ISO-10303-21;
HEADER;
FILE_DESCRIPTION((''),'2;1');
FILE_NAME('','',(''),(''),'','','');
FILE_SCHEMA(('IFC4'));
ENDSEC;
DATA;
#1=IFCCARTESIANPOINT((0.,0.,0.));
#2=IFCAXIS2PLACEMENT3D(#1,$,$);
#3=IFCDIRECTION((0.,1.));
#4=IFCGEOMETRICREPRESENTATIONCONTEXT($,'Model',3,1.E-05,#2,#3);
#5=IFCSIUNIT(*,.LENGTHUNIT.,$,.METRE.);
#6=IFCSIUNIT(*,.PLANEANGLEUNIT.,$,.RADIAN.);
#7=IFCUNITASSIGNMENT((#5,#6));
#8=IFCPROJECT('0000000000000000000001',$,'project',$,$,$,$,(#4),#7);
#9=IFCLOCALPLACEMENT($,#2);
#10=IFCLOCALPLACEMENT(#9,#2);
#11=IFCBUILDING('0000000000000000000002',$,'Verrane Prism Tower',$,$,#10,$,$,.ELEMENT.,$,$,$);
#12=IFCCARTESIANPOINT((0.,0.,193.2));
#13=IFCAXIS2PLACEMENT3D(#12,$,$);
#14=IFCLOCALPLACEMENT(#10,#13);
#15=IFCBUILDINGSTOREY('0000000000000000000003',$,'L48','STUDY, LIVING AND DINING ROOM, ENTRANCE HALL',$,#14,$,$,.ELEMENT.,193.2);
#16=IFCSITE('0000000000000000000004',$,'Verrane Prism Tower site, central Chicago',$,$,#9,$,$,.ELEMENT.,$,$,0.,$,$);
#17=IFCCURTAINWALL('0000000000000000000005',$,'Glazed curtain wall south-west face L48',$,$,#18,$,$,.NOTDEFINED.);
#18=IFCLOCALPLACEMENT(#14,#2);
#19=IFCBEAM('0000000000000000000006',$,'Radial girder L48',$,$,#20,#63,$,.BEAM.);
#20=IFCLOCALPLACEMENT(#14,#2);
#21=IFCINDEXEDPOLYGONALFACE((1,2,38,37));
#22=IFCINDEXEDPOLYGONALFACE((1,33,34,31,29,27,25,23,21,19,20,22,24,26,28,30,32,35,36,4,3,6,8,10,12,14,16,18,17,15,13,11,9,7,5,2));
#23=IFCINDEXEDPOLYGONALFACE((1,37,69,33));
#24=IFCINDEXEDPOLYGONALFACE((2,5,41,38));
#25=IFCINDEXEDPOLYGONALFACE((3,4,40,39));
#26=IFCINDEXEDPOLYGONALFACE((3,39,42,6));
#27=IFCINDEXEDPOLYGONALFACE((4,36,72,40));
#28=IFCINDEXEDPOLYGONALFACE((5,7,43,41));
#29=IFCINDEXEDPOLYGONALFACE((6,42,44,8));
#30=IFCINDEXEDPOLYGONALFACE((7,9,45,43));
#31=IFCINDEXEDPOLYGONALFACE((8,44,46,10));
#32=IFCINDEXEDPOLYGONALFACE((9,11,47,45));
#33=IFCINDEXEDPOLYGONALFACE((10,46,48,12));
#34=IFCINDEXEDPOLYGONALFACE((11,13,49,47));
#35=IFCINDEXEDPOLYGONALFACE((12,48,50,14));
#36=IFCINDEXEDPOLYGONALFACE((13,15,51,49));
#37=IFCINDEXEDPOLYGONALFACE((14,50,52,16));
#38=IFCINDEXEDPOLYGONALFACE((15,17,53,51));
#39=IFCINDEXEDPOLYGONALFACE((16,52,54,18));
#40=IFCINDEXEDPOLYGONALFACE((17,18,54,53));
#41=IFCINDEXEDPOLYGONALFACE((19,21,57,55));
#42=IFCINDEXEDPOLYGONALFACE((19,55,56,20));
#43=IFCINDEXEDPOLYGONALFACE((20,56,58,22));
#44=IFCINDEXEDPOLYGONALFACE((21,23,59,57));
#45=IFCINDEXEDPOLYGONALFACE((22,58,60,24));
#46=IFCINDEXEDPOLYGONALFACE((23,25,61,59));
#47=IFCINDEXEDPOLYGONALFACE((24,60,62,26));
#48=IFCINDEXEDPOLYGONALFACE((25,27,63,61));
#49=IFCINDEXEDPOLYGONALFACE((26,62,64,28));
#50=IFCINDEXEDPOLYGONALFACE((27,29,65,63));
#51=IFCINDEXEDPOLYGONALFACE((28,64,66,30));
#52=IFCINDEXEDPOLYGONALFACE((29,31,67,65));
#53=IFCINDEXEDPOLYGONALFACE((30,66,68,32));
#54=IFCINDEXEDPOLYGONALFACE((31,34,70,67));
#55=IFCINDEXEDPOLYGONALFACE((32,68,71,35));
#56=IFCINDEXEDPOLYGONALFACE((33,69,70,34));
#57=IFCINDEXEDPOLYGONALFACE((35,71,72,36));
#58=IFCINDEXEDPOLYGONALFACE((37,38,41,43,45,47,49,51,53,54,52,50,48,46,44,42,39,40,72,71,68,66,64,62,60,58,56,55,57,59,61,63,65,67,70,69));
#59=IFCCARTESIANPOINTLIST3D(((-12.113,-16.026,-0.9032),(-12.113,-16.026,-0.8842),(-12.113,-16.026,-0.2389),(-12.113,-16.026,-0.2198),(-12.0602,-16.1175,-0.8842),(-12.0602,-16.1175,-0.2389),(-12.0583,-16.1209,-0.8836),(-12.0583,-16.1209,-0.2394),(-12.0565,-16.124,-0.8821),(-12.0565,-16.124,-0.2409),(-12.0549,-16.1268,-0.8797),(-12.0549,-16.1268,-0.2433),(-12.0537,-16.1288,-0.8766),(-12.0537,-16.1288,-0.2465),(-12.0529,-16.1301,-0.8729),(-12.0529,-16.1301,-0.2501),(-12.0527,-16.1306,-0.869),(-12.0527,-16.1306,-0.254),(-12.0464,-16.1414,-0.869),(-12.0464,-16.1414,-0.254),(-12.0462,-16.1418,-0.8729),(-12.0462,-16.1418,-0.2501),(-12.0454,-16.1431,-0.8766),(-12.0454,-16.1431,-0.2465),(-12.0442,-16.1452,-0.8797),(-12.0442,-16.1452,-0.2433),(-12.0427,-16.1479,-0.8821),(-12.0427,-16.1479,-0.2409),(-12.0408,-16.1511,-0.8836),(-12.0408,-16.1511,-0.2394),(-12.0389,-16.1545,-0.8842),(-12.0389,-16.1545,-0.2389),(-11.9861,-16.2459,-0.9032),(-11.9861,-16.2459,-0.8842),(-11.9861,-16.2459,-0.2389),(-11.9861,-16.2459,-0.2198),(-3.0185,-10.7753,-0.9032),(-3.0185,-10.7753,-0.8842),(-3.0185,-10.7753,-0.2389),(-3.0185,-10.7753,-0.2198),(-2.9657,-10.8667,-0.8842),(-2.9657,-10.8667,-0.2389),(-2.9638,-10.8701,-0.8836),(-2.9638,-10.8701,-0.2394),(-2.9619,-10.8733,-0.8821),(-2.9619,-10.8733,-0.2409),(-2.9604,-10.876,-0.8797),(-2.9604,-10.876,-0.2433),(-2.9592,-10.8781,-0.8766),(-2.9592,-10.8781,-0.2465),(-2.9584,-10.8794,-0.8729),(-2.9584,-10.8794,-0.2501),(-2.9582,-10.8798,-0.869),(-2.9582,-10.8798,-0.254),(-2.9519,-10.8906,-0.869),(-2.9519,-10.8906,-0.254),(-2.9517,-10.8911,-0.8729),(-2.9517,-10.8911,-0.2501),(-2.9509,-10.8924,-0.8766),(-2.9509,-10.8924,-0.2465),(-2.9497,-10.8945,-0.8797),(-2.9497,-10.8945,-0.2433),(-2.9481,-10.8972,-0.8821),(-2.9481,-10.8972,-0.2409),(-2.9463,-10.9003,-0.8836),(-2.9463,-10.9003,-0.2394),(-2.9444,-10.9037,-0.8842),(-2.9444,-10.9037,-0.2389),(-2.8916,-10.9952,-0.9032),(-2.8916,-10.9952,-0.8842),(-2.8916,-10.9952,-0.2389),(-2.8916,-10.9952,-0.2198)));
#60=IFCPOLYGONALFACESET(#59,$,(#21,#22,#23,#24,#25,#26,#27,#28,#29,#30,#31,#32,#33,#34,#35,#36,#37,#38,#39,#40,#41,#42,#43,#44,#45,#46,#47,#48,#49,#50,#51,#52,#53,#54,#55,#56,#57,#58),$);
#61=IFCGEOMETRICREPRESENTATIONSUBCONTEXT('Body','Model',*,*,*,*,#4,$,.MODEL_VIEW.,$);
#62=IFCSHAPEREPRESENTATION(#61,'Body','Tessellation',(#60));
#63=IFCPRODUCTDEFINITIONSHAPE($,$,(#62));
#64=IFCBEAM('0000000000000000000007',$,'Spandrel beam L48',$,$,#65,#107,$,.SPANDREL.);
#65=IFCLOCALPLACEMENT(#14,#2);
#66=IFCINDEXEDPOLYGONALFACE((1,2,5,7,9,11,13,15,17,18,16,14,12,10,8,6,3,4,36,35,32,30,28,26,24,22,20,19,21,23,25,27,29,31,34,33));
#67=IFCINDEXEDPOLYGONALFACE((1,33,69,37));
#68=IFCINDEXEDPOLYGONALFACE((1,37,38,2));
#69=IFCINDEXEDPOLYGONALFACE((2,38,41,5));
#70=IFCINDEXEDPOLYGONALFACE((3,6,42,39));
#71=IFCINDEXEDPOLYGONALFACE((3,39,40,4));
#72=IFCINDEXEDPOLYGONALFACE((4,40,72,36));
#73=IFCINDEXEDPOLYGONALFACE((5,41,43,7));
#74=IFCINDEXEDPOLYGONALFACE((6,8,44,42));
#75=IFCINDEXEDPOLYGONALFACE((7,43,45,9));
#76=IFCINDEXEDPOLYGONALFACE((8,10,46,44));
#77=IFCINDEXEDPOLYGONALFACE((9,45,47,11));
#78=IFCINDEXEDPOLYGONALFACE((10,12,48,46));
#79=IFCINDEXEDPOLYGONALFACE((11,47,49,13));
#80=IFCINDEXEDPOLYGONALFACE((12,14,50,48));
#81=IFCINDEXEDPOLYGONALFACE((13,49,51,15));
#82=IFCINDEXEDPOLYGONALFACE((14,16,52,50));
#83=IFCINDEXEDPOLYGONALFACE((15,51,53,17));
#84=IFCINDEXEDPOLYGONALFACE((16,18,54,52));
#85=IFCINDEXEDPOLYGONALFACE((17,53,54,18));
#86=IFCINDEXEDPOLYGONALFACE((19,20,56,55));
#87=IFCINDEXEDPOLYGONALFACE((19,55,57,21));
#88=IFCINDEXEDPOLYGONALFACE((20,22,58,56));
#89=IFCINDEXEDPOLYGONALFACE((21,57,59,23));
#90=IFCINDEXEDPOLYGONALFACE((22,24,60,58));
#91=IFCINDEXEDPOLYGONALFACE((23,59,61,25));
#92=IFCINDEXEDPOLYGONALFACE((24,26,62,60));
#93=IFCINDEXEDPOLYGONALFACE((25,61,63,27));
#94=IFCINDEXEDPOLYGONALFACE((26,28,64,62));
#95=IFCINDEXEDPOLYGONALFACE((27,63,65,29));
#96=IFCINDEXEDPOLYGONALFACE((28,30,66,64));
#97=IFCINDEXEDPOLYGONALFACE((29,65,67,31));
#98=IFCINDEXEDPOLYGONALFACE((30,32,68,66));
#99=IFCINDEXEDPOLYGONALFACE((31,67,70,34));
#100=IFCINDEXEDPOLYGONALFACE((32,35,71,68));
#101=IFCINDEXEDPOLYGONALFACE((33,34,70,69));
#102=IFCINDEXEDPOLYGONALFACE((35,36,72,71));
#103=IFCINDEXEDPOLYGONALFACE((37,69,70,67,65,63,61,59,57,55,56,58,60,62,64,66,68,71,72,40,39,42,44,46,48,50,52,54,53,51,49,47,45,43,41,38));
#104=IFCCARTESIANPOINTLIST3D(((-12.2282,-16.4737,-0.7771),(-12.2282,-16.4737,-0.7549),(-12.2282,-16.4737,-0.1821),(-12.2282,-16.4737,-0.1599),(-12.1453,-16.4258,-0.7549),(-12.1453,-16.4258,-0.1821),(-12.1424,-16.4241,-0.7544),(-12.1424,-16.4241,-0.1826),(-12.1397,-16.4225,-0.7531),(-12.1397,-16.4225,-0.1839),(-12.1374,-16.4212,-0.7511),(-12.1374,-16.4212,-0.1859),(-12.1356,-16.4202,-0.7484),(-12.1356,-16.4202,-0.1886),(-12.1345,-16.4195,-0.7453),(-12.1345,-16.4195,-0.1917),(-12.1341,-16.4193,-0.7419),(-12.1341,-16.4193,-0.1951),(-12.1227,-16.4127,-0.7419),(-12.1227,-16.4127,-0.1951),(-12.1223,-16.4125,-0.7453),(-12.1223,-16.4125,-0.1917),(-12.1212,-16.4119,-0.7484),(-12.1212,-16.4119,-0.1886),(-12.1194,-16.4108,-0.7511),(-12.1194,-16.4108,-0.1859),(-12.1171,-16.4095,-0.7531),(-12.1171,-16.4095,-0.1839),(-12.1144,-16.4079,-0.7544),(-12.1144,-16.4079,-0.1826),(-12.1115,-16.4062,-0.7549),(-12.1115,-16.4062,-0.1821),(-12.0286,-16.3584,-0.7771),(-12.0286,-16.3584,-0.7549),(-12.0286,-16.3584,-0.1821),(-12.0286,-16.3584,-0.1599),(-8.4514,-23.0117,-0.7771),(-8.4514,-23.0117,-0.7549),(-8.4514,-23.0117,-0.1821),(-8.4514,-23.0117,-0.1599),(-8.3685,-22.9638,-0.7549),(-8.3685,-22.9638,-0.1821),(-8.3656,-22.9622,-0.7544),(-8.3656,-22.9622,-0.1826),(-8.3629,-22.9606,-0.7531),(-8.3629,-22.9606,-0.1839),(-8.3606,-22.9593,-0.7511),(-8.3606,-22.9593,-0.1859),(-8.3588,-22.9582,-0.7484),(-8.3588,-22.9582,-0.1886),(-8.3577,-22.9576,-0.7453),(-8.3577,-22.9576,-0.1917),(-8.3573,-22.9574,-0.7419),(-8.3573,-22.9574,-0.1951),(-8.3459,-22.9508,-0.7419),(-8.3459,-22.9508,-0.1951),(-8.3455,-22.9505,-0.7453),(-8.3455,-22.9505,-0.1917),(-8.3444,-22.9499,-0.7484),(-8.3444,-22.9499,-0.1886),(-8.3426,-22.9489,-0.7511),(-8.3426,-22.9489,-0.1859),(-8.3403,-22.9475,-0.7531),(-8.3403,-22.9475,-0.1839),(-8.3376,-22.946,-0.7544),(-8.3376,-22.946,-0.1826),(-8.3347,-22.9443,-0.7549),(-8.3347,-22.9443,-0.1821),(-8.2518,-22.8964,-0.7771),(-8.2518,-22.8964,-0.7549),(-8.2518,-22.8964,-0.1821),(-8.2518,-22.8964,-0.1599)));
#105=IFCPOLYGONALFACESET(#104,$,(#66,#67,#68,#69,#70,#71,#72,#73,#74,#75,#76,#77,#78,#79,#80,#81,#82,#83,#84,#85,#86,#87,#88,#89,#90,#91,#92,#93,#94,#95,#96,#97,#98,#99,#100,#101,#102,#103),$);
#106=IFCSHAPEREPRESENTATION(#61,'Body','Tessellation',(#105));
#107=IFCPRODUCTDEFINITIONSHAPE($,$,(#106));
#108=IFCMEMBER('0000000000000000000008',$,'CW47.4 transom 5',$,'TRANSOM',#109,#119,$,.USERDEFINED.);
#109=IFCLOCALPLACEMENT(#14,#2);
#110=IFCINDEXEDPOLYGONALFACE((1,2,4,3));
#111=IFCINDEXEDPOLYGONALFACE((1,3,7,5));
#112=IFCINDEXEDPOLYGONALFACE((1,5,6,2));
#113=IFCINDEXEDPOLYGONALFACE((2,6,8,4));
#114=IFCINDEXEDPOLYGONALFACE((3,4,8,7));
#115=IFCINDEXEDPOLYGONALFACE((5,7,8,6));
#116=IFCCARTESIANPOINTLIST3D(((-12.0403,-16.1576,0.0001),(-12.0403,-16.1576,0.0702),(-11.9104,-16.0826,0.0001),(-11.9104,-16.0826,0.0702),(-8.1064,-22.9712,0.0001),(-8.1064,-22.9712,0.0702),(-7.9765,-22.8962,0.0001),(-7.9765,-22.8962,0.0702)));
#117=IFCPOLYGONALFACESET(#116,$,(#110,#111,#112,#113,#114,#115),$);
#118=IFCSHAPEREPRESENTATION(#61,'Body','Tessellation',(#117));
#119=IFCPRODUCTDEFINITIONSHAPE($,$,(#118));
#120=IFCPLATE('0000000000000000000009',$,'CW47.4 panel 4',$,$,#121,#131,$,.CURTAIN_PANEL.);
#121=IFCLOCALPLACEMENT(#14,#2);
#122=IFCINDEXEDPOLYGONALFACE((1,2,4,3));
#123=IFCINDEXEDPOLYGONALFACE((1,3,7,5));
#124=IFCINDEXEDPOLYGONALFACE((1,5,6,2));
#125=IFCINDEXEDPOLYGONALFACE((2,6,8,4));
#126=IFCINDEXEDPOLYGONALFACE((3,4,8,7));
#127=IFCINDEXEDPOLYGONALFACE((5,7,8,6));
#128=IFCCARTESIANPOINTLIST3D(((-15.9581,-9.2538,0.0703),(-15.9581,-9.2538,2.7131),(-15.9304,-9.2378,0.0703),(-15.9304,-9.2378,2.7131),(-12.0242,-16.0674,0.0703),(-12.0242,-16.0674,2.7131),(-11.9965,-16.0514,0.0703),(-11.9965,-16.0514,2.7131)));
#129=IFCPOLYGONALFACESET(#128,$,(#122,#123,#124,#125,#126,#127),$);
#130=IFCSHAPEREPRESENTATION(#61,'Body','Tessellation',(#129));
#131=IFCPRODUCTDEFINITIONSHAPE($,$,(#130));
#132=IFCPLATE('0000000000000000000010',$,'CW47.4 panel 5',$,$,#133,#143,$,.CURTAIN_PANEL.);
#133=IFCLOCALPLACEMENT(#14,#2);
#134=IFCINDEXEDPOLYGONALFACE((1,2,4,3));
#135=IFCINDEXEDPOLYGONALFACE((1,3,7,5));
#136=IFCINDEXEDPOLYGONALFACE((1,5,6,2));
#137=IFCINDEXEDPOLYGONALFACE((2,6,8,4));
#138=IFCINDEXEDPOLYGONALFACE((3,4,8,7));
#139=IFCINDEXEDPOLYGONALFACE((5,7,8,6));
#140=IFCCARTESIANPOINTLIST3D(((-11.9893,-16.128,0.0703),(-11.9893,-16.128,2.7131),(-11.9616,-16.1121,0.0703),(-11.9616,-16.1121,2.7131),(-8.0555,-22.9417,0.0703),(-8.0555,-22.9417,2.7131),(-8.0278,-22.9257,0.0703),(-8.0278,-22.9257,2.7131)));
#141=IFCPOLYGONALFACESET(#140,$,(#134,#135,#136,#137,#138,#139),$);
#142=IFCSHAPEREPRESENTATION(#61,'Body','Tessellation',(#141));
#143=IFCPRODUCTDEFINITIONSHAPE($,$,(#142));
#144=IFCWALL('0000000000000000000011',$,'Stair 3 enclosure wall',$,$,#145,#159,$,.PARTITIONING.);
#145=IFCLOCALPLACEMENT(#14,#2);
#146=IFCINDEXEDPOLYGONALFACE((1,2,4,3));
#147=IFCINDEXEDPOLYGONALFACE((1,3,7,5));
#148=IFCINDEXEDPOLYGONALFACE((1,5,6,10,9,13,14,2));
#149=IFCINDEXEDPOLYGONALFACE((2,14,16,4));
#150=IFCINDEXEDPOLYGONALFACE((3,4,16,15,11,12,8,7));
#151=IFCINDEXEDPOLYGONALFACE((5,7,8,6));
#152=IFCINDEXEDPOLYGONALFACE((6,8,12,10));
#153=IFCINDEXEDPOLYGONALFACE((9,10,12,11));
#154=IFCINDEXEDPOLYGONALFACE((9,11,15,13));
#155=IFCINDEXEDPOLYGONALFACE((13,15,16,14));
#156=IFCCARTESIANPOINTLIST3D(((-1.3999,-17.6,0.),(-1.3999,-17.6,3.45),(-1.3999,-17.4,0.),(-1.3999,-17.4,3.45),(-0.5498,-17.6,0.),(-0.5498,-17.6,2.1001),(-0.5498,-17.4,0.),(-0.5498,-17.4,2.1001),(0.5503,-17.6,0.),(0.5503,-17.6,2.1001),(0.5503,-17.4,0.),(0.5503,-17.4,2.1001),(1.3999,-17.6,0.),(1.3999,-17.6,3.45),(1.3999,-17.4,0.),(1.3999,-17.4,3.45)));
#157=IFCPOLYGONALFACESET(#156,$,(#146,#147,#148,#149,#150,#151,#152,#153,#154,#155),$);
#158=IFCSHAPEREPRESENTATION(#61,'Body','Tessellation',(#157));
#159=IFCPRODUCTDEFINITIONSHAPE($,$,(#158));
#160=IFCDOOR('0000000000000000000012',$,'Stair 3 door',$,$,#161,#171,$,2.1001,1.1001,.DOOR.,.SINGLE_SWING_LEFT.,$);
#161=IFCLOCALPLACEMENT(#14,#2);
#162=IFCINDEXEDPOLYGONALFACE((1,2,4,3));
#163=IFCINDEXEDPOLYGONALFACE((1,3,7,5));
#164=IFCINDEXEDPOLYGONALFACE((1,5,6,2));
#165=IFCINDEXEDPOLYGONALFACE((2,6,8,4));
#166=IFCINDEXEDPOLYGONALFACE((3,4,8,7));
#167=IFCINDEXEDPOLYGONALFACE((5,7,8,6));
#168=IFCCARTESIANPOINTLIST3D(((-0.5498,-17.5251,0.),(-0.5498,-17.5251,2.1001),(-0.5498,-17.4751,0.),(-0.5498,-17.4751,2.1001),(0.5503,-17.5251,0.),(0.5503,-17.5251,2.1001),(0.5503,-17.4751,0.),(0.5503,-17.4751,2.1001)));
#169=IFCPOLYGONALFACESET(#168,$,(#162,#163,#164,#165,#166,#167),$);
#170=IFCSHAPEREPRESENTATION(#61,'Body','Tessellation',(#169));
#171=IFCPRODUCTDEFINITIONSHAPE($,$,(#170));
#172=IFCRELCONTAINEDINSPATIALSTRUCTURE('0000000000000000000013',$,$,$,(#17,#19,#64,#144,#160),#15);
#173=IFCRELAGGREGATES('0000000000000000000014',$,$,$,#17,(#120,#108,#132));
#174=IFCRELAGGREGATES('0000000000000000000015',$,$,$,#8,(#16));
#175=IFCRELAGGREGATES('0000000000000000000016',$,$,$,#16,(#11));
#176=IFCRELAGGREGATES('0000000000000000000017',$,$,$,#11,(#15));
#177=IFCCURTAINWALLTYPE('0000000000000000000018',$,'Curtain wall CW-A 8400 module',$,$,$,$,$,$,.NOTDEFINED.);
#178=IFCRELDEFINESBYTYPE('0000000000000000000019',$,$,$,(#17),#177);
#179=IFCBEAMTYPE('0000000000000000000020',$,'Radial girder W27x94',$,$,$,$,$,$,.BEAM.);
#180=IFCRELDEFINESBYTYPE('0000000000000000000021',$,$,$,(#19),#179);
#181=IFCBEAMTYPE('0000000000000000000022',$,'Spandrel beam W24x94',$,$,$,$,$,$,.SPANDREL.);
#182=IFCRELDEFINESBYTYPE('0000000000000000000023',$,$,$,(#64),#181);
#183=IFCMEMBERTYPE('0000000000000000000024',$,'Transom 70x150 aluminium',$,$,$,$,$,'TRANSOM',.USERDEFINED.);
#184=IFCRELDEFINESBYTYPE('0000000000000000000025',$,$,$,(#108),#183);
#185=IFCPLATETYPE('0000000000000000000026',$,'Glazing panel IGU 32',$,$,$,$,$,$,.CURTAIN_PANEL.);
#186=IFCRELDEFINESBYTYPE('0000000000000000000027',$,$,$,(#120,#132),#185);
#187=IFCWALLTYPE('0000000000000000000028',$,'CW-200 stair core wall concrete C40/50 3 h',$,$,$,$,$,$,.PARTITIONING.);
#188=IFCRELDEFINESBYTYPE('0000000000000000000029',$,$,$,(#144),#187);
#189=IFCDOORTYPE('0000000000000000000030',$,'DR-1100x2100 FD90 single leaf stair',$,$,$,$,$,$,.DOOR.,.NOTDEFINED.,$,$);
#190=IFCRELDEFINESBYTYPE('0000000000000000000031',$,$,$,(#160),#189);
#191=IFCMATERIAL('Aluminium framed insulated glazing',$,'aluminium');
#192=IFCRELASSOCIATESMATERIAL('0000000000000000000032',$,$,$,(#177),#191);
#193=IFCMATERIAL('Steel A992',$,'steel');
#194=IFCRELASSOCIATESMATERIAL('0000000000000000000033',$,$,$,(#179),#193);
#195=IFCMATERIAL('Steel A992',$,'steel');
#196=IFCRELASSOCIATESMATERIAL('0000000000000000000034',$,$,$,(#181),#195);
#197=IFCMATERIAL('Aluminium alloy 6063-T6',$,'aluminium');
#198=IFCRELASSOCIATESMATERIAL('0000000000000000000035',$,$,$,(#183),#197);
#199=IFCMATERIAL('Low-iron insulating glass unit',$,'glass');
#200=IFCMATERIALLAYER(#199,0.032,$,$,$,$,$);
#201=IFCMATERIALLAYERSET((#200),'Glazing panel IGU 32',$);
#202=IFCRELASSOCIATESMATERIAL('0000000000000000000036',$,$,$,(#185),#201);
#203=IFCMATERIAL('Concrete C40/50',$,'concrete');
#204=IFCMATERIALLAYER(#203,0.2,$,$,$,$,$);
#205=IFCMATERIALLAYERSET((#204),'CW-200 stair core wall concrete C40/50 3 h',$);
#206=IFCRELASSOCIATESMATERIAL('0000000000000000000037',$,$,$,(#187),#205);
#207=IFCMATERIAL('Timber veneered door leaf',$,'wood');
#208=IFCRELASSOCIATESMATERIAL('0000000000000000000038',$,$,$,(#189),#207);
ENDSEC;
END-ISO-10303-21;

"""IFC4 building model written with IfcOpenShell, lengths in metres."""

from ifc_helpers import new_model, si_unit, direction, frame, frame_2d, origin, origin_2d, place, context, subcontext, project, spatial, rectangle, i_section, extrude, material, layer, layer_set, material_profile, profile_set, type_object, element, fill, aggregate, save


model = new_model("IFC4")

# Units and contexts
model_context = context("Model", 3, precision=1e-05, world=origin(), true_north=direction((0.0, 1.0)))
body_context = subcontext(model_context, "Body", "Model", "MODEL_VIEW")
ifc_project = project(units=[si_unit("LENGTHUNIT", "METRE"), si_unit("PLANEANGLEUNIT", "RADIAN")], contexts=[model_context])

# Site, building, storey
site_placement = place(None, origin())
site = spatial("IfcSite", under=ifc_project, at=site_placement, Name="Verrane Prism Tower site, central Chicago", CompositionType="ELEMENT", RefElevation=0.0)
building_placement = place(site_placement, origin())
building = spatial("IfcBuilding", under=site, at=building_placement, Name="Verrane Prism Tower", CompositionType="ELEMENT")
storey_placement = place(building_placement, frame((0.0, 0.0, 193.2)))
storey = spatial("IfcBuildingStorey", under=building, at=storey_placement, Name="L48", Description="STUDY, LIVING AND DINING ROOM, ENTRANCE HALL", CompositionType="ELEMENT", Elevation=193.2)

# Curtain wall
ifc_material_1 = material(Name="Aluminium framed insulated glazing", Category="aluminium")
curtain_wall_type = type_object("IfcCurtainWallType", Name="Curtain wall CW-A 8400 module", PredefinedType="NOTDEFINED", material=ifc_material_1)
curtain_wall_placement = place(storey_placement, origin())
curtain_wall = element("IfcCurtainWall", 1, at=curtain_wall_placement, inside=storey, type_object=curtain_wall_type, Name="Glazed curtain wall south-west face L48", PredefinedType="NOTDEFINED")

# Beams
ifc_material_2 = material(Name="Steel A992", Category="steel")
ifc_material_profile_1 = material_profile(ifc_material_2, i_section(OverallWidth=0.2539, OverallDepth=0.6833, WebThickness=0.0125, FlangeThickness=0.019, FilletRadius=0.0151, at=origin_2d()), Name="W27x94")
ifc_profile_set_1 = profile_set([ifc_material_profile_1], Name="Steel A992")
beam_type_1 = type_object("IfcBeamType", Name="Radial girder W27x94", PredefinedType="BEAM", material=ifc_profile_set_1)
beam_1_placement = place(storey_placement, frame((-12.0496, -16.136, -0.5615), z_axis=(0.866024, 0.500002, 0.0), x_axis=(-0.500002, 0.866024, 0.0)))
element("IfcBeam", 2, at=beam_1_placement, inside=storey, type_object=beam_type_1, Name="Radial girder L48", PredefinedType="BEAM", context=body_context, shape_type="SweptSolid", body=[
    extrude(i_section(OverallWidth=0.2539, OverallDepth=0.6833, WebThickness=0.0125, FlangeThickness=0.019, FilletRadius=0.0151, at=origin_2d()), origin(), (0.0, 0.0, 1.0), 10.5015),
])
ifc_material_3 = material(Name="Steel A992", Category="steel")
ifc_material_profile_2 = material_profile(ifc_material_3, i_section(OverallWidth=0.2305, OverallDepth=0.6172, WebThickness=0.0132, FlangeThickness=0.0222, FilletRadius=0.0129, at=origin_2d()), Name="W24x94")
ifc_profile_set_2 = profile_set([ifc_material_profile_2], Name="Steel A992")
beam_type_2 = type_object("IfcBeamType", Name="Spandrel beam W24x94", PredefinedType="SPANDREL", material=ifc_profile_set_2)
beam_2_placement = place(storey_placement, frame((-12.1284, -16.416, -0.4685), z_axis=(0.500208, -0.865906, 0.0), x_axis=(0.865906, 0.500208, 0.0)))
element("IfcBeam", 3, at=beam_2_placement, inside=storey, type_object=beam_type_2, Name="Spandrel beam L48", PredefinedType="SPANDREL", context=body_context, shape_type="SweptSolid", body=[
    extrude(i_section(OverallWidth=0.2305, OverallDepth=0.6172, WebThickness=0.0132, FlangeThickness=0.0222, FilletRadius=0.0129, at=origin_2d()), origin(), (0.0, 0.0, 1.0), 7.5505),
])

# Member
ifc_material_4 = material(Name="Aluminium alloy 6063-T6", Category="aluminium")
ifc_material_profile_3 = material_profile(ifc_material_4, rectangle(XDim=0.1499, YDim=0.0701, at=origin_2d()), Name="Transom 70x150 aluminium")
ifc_profile_set_3 = profile_set([ifc_material_profile_3], Name="Aluminium alloy 6063-T6")
member_type_1 = type_object("IfcMemberType", Name="Transom 70x150 aluminium", ElementType="TRANSOM", PredefinedType="USERDEFINED", material=ifc_profile_set_3)
member_1_placement = place(storey_placement, frame((-11.9753, -16.1201, 0.0352), z_axis=(0.500007, -0.866021, 0.0), x_axis=(0.866021, 0.500007, 0.0)))
member_1 = element("IfcMember", 4, at=member_1_placement, type_object=member_type_1, Name="CW47.4 transom 5", ObjectType="TRANSOM", PredefinedType="USERDEFINED", context=body_context, shape_type="SweptSolid", body=[
    extrude(rectangle(XDim=0.1499, YDim=0.0701, at=origin_2d()), origin(), (0.0, 0.0, 1.0), 7.8677),
])

# Plates
ifc_material_5 = material(Name="Low-iron insulating glass unit", Category="glass")
ifc_layer_1 = layer(ifc_material_5, 0.032)
ifc_layer_set_1 = layer_set([ifc_layer_1], Name="Glazing panel IGU 32")
plate_type = type_object("IfcPlateType", Name="Glazing panel IGU 32", PredefinedType="CURTAIN_PANEL", material=ifc_layer_set_1)
plate_1_placement = place(storey_placement, frame((-13.9773, -12.6526, 0.0703), z_axis=(0.0, 0.0, 1.0), x_axis=(0.5, -0.866026, 0.0)))
plate_1 = element("IfcPlate", 5, at=plate_1_placement, type_object=plate_type, Name="CW47.4 panel 4", PredefinedType="CURTAIN_PANEL", context=body_context, shape_type="SweptSolid", body=[
    extrude(rectangle(XDim=7.8677, YDim=0.032, at=origin_2d()), origin(), (0.0, 0.0, 1.0), 2.6428),
])
plate_2_placement = place(storey_placement, frame((-10.0085, -19.5269, 0.0703), z_axis=(0.0, 0.0, 1.0), x_axis=(0.5, -0.866026, 0.0)))
plate_2 = element("IfcPlate", 6, at=plate_2_placement, type_object=plate_type, Name="CW47.4 panel 5", PredefinedType="CURTAIN_PANEL", context=body_context, shape_type="SweptSolid", body=[
    extrude(rectangle(XDim=7.8677, YDim=0.032, at=origin_2d()), origin(), (0.0, 0.0, 1.0), 2.6428),
])
aggregate(curtain_wall, [plate_1, member_1, plate_2])

# Wall, opening, door
ifc_material_6 = material(Name="Concrete C40/50", Category="concrete")
ifc_layer_2 = layer(ifc_material_6, 0.2)
ifc_layer_set_2 = layer_set([ifc_layer_2], Name="CW-200 stair core wall concrete C40/50 3 h")
wall_type_1 = type_object("IfcWallType", Name="CW-200 stair core wall concrete C40/50 3 h", PredefinedType="PARTITIONING", material=ifc_layer_set_2)
wall_1_placement = place(storey_placement, frame((-1.3999, -17.5, 0.0), z_axis=(0.0, 0.0, 1.0), x_axis=(1.0, 0.0, 0.0)))
wall_1 = element("IfcWall", 7, at=wall_1_placement, inside=storey, type_object=wall_type_1, Name="Stair 3 enclosure wall", PredefinedType="PARTITIONING", context=body_context, shape_type="SweptSolid", body=[
    extrude(rectangle(XDim=2.7998, YDim=0.2, at=frame_2d((1.3999, 0.0))), origin(), (0.0, 0.0, 1.0), 3.45),
])
opening_1_placement = place(wall_1_placement, frame((0.8501, 0.0, 0.0)))
opening_1 = element("IfcOpeningElement", 8, at=opening_1_placement, cuts=wall_1, PredefinedType="OPENING", context=body_context, shape_type="SweptSolid", body=[
    extrude(rectangle(XDim=1.1001, YDim=2.1001, at=frame_2d((0.55, 1.05))), frame((0.0, 0.1099, 0.0), z_axis=(0.0, -1.0, 0.0), x_axis=(1.0, 0.0, 0.0)), (0.0, 0.0, 1.0), 0.22),
])
ifc_material_7 = material(Name="Timber veneered door leaf", Category="wood")
door_type_1 = type_object("IfcDoorType", Name="DR-1100x2100 FD90 single leaf stair", OperationType="NOTDEFINED", PredefinedType="DOOR", material=ifc_material_7)
door_1_placement = place(opening_1_placement, origin())
door_1 = element("IfcDoor", 9, at=door_1_placement, inside=storey, type_object=door_type_1, Name="Stair 3 door", OperationType="SINGLE_SWING_LEFT", OverallHeight=2.1001, OverallWidth=1.1001, PredefinedType="DOOR", context=body_context, shape_type="SweptSolid", body=[
    extrude(rectangle(XDim=1.1001, YDim=2.1001, at=frame_2d((0.55, 1.05))), frame((0.0, 0.0249, 0.0), z_axis=(0.0, -1.0, 0.0), x_axis=(1.0, 0.0, 0.0)), (0.0, 0.0, 1.0), 0.05),
])
fill(opening_1, door_1)

save(model, "model.ifc")
